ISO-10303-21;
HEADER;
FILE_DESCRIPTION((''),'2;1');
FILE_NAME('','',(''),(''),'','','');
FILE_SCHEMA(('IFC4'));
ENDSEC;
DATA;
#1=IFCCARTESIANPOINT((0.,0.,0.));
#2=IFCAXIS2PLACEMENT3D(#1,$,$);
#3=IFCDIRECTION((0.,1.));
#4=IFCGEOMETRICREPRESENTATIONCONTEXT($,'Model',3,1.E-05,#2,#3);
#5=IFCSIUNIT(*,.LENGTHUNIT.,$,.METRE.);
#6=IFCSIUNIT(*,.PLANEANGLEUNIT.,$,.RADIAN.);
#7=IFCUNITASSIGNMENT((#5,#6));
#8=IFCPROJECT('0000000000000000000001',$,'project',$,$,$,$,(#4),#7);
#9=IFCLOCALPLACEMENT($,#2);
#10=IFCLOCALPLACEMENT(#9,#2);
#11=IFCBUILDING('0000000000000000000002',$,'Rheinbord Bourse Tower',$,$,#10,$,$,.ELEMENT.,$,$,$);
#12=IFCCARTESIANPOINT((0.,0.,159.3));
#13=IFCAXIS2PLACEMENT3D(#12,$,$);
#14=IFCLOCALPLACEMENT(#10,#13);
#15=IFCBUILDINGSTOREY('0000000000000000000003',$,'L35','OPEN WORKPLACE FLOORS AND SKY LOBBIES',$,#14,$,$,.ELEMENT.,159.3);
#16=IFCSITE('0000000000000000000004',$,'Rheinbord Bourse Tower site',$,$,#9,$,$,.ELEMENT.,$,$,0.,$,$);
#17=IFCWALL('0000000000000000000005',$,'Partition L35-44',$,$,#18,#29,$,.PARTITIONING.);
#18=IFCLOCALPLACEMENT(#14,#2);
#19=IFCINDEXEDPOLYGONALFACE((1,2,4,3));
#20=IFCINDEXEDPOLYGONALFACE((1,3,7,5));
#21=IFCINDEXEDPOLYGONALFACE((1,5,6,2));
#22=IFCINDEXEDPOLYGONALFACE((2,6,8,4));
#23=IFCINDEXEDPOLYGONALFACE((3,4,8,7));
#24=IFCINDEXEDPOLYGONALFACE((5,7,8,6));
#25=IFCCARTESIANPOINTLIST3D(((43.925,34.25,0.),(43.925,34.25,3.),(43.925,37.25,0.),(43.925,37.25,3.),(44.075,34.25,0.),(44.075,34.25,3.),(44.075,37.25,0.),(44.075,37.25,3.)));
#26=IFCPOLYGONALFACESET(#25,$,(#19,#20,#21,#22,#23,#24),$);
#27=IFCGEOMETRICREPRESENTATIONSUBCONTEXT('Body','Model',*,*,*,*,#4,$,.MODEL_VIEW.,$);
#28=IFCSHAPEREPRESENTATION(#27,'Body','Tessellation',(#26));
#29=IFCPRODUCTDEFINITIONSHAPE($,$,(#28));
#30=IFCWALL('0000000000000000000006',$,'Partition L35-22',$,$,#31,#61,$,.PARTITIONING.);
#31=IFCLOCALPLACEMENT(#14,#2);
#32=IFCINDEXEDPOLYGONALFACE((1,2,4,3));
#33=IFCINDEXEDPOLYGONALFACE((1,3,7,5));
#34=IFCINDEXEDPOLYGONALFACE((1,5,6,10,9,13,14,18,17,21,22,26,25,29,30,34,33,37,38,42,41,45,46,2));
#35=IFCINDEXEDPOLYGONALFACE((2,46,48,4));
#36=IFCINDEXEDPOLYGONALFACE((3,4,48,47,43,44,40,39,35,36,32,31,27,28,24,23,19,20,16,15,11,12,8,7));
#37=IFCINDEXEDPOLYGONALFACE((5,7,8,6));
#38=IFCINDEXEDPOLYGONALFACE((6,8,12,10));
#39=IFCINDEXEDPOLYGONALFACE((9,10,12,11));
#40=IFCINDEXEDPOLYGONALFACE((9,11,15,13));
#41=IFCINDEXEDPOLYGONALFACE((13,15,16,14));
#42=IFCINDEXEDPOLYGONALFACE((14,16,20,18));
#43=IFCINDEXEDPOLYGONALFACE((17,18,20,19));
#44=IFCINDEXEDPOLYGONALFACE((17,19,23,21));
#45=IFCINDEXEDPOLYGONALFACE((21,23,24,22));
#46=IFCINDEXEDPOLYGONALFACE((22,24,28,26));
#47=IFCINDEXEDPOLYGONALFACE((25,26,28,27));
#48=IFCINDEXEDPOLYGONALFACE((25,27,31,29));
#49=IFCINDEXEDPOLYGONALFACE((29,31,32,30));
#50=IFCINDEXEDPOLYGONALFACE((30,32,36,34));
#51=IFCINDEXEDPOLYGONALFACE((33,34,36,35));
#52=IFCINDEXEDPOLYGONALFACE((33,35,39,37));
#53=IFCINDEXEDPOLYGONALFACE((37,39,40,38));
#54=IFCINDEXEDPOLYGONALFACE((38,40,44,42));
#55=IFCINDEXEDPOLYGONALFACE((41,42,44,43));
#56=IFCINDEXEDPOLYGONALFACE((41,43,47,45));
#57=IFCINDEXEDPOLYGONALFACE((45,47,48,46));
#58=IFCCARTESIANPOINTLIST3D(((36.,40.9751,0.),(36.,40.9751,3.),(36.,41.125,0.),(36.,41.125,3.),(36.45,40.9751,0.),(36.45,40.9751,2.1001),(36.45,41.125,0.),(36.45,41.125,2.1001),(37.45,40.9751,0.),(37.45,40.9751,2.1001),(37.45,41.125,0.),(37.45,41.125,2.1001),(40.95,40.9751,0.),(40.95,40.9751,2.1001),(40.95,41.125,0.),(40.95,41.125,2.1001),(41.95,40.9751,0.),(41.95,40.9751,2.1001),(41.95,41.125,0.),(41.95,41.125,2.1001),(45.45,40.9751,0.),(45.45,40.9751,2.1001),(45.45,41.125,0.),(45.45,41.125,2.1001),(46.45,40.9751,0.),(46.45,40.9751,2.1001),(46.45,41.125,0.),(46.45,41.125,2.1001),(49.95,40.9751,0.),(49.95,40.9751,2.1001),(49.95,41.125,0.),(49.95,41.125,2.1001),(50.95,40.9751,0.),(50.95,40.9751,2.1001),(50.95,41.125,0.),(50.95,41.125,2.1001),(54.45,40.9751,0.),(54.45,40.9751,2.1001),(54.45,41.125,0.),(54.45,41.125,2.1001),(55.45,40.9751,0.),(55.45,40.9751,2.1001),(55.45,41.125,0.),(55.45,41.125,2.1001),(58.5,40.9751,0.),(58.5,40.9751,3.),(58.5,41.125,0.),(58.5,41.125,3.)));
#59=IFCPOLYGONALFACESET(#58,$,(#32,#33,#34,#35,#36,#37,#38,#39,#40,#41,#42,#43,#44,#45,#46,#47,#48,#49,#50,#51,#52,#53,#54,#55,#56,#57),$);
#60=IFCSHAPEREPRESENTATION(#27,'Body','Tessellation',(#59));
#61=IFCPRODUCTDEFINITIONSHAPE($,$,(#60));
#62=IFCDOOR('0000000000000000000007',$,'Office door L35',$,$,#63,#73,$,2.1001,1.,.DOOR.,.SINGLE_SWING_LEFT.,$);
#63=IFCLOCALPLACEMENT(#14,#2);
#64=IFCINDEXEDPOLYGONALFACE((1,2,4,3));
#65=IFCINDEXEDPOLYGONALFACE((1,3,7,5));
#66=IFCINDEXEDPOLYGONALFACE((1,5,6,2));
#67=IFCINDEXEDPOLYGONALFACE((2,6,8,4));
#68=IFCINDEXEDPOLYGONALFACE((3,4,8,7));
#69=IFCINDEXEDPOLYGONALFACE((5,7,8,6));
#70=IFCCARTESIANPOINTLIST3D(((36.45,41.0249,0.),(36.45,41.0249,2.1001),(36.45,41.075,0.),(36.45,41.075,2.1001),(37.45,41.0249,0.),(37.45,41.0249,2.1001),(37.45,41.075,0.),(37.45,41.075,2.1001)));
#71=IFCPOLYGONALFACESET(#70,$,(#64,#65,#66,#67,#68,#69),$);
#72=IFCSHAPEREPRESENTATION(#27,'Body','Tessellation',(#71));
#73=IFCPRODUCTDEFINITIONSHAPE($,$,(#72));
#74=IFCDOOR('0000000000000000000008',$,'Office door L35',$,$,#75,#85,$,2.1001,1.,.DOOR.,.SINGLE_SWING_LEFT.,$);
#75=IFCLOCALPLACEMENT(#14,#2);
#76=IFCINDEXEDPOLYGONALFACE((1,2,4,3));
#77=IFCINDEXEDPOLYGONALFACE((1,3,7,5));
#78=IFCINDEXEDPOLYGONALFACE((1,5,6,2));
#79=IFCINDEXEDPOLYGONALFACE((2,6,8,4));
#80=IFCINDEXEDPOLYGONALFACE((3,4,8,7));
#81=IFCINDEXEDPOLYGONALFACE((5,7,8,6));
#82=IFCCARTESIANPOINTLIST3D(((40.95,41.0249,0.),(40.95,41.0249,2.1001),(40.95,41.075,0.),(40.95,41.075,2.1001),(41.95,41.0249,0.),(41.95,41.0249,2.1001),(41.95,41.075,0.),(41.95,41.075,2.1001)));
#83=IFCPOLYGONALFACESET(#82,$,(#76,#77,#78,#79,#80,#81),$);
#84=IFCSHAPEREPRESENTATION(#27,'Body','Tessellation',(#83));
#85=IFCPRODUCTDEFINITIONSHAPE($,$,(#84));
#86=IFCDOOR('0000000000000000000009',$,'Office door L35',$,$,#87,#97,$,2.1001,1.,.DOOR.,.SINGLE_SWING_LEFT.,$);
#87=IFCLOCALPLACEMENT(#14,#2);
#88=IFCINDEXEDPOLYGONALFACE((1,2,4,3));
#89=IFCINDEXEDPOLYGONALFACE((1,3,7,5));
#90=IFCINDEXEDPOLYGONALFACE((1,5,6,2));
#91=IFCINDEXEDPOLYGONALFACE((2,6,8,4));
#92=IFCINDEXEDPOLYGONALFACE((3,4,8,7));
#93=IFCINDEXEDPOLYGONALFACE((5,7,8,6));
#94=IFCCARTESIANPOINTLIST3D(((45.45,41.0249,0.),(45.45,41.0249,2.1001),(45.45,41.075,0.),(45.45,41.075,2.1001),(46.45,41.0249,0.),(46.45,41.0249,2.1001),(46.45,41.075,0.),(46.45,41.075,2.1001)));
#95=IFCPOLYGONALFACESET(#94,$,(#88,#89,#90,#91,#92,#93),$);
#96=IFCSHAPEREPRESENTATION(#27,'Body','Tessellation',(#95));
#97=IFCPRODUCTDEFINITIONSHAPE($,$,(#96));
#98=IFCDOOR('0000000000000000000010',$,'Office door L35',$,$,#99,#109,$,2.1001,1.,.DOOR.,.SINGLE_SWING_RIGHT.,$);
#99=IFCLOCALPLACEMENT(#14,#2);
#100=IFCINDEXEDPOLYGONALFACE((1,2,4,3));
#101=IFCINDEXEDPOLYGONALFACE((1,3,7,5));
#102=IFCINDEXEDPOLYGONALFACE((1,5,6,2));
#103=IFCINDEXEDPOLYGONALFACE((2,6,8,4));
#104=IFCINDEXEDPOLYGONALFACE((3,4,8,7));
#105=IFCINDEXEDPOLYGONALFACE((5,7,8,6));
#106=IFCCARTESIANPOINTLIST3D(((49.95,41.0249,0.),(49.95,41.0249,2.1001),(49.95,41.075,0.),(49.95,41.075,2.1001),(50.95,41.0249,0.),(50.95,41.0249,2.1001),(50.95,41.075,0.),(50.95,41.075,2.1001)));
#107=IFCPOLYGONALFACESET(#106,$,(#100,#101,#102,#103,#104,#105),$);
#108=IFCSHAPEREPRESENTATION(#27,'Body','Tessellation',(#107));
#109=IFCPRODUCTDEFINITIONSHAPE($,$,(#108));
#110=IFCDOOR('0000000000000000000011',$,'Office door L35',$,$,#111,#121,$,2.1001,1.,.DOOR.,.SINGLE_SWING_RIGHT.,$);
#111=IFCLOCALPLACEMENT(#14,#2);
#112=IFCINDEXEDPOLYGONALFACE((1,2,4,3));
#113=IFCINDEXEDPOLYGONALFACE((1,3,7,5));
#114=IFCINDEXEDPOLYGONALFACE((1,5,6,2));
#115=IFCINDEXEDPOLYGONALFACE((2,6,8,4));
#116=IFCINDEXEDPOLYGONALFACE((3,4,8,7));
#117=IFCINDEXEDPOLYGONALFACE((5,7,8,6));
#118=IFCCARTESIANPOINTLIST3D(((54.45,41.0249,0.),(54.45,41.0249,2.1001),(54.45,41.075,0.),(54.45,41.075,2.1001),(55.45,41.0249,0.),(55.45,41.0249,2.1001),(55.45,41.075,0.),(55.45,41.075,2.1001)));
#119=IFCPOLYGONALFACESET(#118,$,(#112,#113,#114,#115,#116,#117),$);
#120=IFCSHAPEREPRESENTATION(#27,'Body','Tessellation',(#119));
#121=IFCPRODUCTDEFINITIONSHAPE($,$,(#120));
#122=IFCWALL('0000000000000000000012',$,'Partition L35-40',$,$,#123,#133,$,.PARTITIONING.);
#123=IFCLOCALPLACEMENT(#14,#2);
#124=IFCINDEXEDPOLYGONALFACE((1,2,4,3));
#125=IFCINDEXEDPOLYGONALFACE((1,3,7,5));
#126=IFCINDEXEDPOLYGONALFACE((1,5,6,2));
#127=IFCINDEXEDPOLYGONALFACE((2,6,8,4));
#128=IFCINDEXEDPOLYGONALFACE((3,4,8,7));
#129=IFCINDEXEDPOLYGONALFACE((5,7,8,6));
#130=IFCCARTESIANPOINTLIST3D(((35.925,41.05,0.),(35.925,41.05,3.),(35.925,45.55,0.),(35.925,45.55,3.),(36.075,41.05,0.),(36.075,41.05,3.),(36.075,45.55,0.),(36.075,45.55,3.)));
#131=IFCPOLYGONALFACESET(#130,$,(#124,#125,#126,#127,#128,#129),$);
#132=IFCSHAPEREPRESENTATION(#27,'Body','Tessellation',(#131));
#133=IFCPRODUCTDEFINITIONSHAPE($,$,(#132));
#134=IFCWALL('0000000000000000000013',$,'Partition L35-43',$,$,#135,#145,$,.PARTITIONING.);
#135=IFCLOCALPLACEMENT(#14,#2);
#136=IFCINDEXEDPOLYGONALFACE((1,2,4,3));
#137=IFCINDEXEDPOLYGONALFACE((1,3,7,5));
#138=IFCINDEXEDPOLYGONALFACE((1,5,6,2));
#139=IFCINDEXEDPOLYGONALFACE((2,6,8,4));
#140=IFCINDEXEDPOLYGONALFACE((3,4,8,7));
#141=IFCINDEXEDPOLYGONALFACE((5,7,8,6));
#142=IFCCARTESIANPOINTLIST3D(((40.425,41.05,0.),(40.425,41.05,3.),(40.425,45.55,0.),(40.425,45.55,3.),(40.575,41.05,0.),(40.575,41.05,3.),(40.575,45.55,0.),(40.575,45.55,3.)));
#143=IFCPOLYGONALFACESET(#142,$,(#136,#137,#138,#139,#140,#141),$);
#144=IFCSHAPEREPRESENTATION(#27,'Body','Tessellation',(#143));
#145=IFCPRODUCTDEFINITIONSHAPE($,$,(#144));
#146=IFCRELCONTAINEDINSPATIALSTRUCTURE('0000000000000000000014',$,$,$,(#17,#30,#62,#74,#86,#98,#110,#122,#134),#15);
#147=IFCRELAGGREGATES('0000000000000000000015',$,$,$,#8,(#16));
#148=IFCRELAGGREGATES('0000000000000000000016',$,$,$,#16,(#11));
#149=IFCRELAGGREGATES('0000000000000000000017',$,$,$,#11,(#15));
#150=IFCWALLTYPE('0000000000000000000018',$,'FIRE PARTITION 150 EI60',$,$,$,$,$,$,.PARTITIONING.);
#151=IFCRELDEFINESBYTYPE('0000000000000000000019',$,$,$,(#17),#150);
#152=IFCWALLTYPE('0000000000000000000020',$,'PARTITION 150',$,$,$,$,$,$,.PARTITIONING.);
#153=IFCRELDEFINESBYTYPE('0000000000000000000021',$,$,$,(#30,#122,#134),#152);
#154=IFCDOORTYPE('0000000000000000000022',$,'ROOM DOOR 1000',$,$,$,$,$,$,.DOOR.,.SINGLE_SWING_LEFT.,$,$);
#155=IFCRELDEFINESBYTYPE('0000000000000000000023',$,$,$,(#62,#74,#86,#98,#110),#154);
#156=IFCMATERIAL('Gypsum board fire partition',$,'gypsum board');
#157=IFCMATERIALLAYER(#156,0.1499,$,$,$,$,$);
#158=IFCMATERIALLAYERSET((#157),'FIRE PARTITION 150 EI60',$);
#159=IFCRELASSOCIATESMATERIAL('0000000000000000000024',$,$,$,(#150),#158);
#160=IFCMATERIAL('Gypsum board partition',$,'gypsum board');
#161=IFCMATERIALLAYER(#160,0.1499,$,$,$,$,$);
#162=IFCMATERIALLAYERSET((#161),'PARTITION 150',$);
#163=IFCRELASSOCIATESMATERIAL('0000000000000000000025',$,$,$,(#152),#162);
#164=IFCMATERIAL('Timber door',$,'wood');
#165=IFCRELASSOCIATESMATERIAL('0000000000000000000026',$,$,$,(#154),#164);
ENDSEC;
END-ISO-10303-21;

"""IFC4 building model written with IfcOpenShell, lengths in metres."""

from ifc_helpers import new_model, si_unit, direction, frame, frame_2d, origin, place, context, subcontext, project, spatial, rectangle, extrude, material, layer, layer_set, type_object, element, fill, save


model = new_model("IFC4")

# Units and contexts
model_context = context("Model", 3, precision=1e-05, world=origin(), true_north=direction((0.0, 1.0)))
body_context = subcontext(model_context, "Body", "Model", "MODEL_VIEW")
ifc_project = project(units=[si_unit("LENGTHUNIT", "METRE"), si_unit("PLANEANGLEUNIT", "RADIAN")], contexts=[model_context])

# Site, building, storey
site_placement = place(None, origin())
site = spatial("IfcSite", under=ifc_project, at=site_placement, Name="Rheinbord Bourse Tower site", CompositionType="ELEMENT", RefElevation=0.0)
building_placement = place(site_placement, origin())
building = spatial("IfcBuilding", under=site, at=building_placement, Name="Rheinbord Bourse Tower", CompositionType="ELEMENT")
storey_placement = place(building_placement, frame((0.0, 0.0, 159.3)))
storey = spatial("IfcBuildingStorey", under=building, at=storey_placement, Name="L35", Description="OPEN WORKPLACE FLOORS AND SKY LOBBIES", CompositionType="ELEMENT", Elevation=159.3)

# Shared definitions
ifc_material_1 = material(Name="Gypsum board fire partition", Category="gypsum board")
ifc_layer_1 = layer(ifc_material_1, 0.1499)
ifc_layer_set_1 = layer_set([ifc_layer_1], Name="FIRE PARTITION 150 EI60")
wall_type_1 = type_object("IfcWallType", Name="FIRE PARTITION 150 EI60", PredefinedType="PARTITIONING", material=ifc_layer_set_1)

# Wall
wall_1_placement = place(storey_placement, frame((44.0, 34.25, 0.0), z_axis=(0.0, 0.0, 1.0), x_axis=(0.0, 1.0, 0.0)))
element("IfcWall", 1, at=wall_1_placement, inside=storey, type_object=wall_type_1, Name="Partition L35-44", PredefinedType="PARTITIONING", context=body_context, shape_type="SweptSolid", body=[
    extrude(rectangle(XDim=3.0, YDim=0.1499, at=frame_2d((1.5, 0.0))), origin(), (0.0, 0.0, 1.0), 3.0),
])

# Wall, openings, doors
ifc_material_2 = material(Name="Gypsum board partition", Category="gypsum board")
ifc_layer_2 = layer(ifc_material_2, 0.1499)
ifc_layer_set_2 = layer_set([ifc_layer_2], Name="PARTITION 150")
wall_type_2 = type_object("IfcWallType", Name="PARTITION 150", PredefinedType="PARTITIONING", material=ifc_layer_set_2)
wall_2_placement = place(storey_placement, frame((36.0, 41.05, 0.0), z_axis=(0.0, 0.0, 1.0), x_axis=(1.0, 0.0, 0.0)))
wall_2 = element("IfcWall", 2, at=wall_2_placement, inside=storey, type_object=wall_type_2, Name="Partition L35-22", PredefinedType="PARTITIONING", context=body_context, shape_type="SweptSolid", body=[
    extrude(rectangle(XDim=22.5, YDim=0.1499, at=frame_2d((11.25, 0.0))), origin(), (0.0, 0.0, 1.0), 3.0),
])
opening_1_placement = place(wall_2_placement, frame((0.45, 0.0, 0.0)))
opening_1 = element("IfcOpeningElement", 3, at=opening_1_placement, cuts=wall_2, PredefinedType="OPENING", context=body_context, shape_type="SweptSolid", body=[
    extrude(rectangle(XDim=1.0, YDim=2.1001, at=frame_2d((0.5, 1.05))), frame((0.0, 0.085, 0.0), z_axis=(0.0, -1.0, 0.0), x_axis=(1.0, 0.0, 0.0)), (0.0, 0.0, 1.0), 0.1699),
])
opening_2_placement = place(wall_2_placement, frame((4.95, 0.0, 0.0)))
opening_2 = element("IfcOpeningElement", 4, at=opening_2_placement, cuts=wall_2, PredefinedType="OPENING", context=body_context, shape_type="SweptSolid", body=[
    extrude(rectangle(XDim=1.0, YDim=2.1001, at=frame_2d((0.5, 1.05))), frame((0.0, 0.085, 0.0), z_axis=(0.0, -1.0, 0.0), x_axis=(1.0, 0.0, 0.0)), (0.0, 0.0, 1.0), 0.1699),
])
opening_3_placement = place(wall_2_placement, frame((9.45, 0.0, 0.0)))
opening_3 = element("IfcOpeningElement", 5, at=opening_3_placement, cuts=wall_2, PredefinedType="OPENING", context=body_context, shape_type="SweptSolid", body=[
    extrude(rectangle(XDim=1.0, YDim=2.1001, at=frame_2d((0.5, 1.05))), frame((0.0, 0.085, 0.0), z_axis=(0.0, -1.0, 0.0), x_axis=(1.0, 0.0, 0.0)), (0.0, 0.0, 1.0), 0.1699),
])
opening_4_placement = place(wall_2_placement, frame((13.95, 0.0, 0.0)))
opening_4 = element("IfcOpeningElement", 6, at=opening_4_placement, cuts=wall_2, PredefinedType="OPENING", context=body_context, shape_type="SweptSolid", body=[
    extrude(rectangle(XDim=1.0, YDim=2.1001, at=frame_2d((0.5, 1.05))), frame((0.0, 0.085, 0.0), z_axis=(0.0, -1.0, 0.0), x_axis=(1.0, 0.0, 0.0)), (0.0, 0.0, 1.0), 0.1699),
])
opening_5_placement = place(wall_2_placement, frame((18.45, 0.0, 0.0)))
opening_5 = element("IfcOpeningElement", 7, at=opening_5_placement, cuts=wall_2, PredefinedType="OPENING", context=body_context, shape_type="SweptSolid", body=[
    extrude(rectangle(XDim=1.0, YDim=2.1001, at=frame_2d((0.5, 1.05))), frame((0.0, 0.085, 0.0), z_axis=(0.0, -1.0, 0.0), x_axis=(1.0, 0.0, 0.0)), (0.0, 0.0, 1.0), 0.1699),
])
ifc_material_3 = material(Name="Timber door", Category="wood")
door_type_1 = type_object("IfcDoorType", Name="ROOM DOOR 1000", OperationType="SINGLE_SWING_LEFT", PredefinedType="DOOR", material=ifc_material_3)
door_1_placement = place(opening_1_placement, origin())
door_1 = element("IfcDoor", 8, at=door_1_placement, inside=storey, type_object=door_type_1, Name="Office door L35", OperationType="SINGLE_SWING_LEFT", OverallHeight=2.1001, OverallWidth=1.0, PredefinedType="DOOR", context=body_context, shape_type="SweptSolid", body=[
    extrude(rectangle(XDim=1.0, YDim=2.1001, at=frame_2d((0.5, 1.05))), frame((0.0, 0.0249, 0.0), z_axis=(0.0, -1.0, 0.0), x_axis=(1.0, 0.0, 0.0)), (0.0, 0.0, 1.0), 0.05),
])
fill(opening_1, door_1)
door_2_placement = place(opening_2_placement, origin())
door_2 = element("IfcDoor", 9, at=door_2_placement, inside=storey, type_object=door_type_1, Name="Office door L35", OperationType="SINGLE_SWING_LEFT", OverallHeight=2.1001, OverallWidth=1.0, PredefinedType="DOOR", context=body_context, shape_type="SweptSolid", body=[
    extrude(rectangle(XDim=1.0, YDim=2.1001, at=frame_2d((0.5, 1.05))), frame((0.0, 0.0249, 0.0), z_axis=(0.0, -1.0, 0.0), x_axis=(1.0, 0.0, 0.0)), (0.0, 0.0, 1.0), 0.05),
])
fill(opening_2, door_2)
door_3_placement = place(opening_3_placement, origin())
door_3 = element("IfcDoor", 10, at=door_3_placement, inside=storey, type_object=door_type_1, Name="Office door L35", OperationType="SINGLE_SWING_LEFT", OverallHeight=2.1001, OverallWidth=1.0, PredefinedType="DOOR", context=body_context, shape_type="SweptSolid", body=[
    extrude(rectangle(XDim=1.0, YDim=2.1001, at=frame_2d((0.5, 1.05))), frame((0.0, 0.0249, 0.0), z_axis=(0.0, -1.0, 0.0), x_axis=(1.0, 0.0, 0.0)), (0.0, 0.0, 1.0), 0.05),
])
fill(opening_3, door_3)
door_4_placement = place(opening_4_placement, origin())
door_4 = element("IfcDoor", 11, at=door_4_placement, inside=storey, type_object=door_type_1, Name="Office door L35", OperationType="SINGLE_SWING_RIGHT", OverallHeight=2.1001, OverallWidth=1.0, PredefinedType="DOOR", context=body_context, shape_type="SweptSolid", body=[
    extrude(rectangle(XDim=1.0, YDim=2.1001, at=frame_2d((0.5, 1.05))), frame((0.0, 0.0249, 0.0), z_axis=(0.0, -1.0, 0.0), x_axis=(1.0, 0.0, 0.0)), (0.0, 0.0, 1.0), 0.05),
])
fill(opening_4, door_4)
door_5_placement = place(opening_5_placement, origin())
door_5 = element("IfcDoor", 12, at=door_5_placement, inside=storey, type_object=door_type_1, Name="Office door L35", OperationType="SINGLE_SWING_RIGHT", OverallHeight=2.1001, OverallWidth=1.0, PredefinedType="DOOR", context=body_context, shape_type="SweptSolid", body=[
    extrude(rectangle(XDim=1.0, YDim=2.1001, at=frame_2d((0.5, 1.05))), frame((0.0, 0.0249, 0.0), z_axis=(0.0, -1.0, 0.0), x_axis=(1.0, 0.0, 0.0)), (0.0, 0.0, 1.0), 0.05),
])
fill(opening_5, door_5)

# Walls
for number, where, z_axis, x_axis, name in (
    (13, (36.0, 41.05, 0.0), (0.0, 0.0, 1.0), (0.0, 1.0, 0.0), "Partition L35-40"),
    (14, (40.5, 41.05, 0.0), (0.0, 0.0, 1.0), (0.0, 1.0, 0.0), "Partition L35-43"),
):
    element("IfcWall", number, at=place(storey_placement, frame(where, z_axis=z_axis, x_axis=x_axis)), inside=storey, type_object=wall_type_2, Name=name, PredefinedType="PARTITIONING", context=body_context, shape_type="SweptSolid", body=[
        extrude(rectangle(XDim=4.5, YDim=0.1499, at=frame_2d((2.25, 0.0))), origin(), (0.0, 0.0, 1.0), 3.0),
    ])

save(model, "model.ifc")
